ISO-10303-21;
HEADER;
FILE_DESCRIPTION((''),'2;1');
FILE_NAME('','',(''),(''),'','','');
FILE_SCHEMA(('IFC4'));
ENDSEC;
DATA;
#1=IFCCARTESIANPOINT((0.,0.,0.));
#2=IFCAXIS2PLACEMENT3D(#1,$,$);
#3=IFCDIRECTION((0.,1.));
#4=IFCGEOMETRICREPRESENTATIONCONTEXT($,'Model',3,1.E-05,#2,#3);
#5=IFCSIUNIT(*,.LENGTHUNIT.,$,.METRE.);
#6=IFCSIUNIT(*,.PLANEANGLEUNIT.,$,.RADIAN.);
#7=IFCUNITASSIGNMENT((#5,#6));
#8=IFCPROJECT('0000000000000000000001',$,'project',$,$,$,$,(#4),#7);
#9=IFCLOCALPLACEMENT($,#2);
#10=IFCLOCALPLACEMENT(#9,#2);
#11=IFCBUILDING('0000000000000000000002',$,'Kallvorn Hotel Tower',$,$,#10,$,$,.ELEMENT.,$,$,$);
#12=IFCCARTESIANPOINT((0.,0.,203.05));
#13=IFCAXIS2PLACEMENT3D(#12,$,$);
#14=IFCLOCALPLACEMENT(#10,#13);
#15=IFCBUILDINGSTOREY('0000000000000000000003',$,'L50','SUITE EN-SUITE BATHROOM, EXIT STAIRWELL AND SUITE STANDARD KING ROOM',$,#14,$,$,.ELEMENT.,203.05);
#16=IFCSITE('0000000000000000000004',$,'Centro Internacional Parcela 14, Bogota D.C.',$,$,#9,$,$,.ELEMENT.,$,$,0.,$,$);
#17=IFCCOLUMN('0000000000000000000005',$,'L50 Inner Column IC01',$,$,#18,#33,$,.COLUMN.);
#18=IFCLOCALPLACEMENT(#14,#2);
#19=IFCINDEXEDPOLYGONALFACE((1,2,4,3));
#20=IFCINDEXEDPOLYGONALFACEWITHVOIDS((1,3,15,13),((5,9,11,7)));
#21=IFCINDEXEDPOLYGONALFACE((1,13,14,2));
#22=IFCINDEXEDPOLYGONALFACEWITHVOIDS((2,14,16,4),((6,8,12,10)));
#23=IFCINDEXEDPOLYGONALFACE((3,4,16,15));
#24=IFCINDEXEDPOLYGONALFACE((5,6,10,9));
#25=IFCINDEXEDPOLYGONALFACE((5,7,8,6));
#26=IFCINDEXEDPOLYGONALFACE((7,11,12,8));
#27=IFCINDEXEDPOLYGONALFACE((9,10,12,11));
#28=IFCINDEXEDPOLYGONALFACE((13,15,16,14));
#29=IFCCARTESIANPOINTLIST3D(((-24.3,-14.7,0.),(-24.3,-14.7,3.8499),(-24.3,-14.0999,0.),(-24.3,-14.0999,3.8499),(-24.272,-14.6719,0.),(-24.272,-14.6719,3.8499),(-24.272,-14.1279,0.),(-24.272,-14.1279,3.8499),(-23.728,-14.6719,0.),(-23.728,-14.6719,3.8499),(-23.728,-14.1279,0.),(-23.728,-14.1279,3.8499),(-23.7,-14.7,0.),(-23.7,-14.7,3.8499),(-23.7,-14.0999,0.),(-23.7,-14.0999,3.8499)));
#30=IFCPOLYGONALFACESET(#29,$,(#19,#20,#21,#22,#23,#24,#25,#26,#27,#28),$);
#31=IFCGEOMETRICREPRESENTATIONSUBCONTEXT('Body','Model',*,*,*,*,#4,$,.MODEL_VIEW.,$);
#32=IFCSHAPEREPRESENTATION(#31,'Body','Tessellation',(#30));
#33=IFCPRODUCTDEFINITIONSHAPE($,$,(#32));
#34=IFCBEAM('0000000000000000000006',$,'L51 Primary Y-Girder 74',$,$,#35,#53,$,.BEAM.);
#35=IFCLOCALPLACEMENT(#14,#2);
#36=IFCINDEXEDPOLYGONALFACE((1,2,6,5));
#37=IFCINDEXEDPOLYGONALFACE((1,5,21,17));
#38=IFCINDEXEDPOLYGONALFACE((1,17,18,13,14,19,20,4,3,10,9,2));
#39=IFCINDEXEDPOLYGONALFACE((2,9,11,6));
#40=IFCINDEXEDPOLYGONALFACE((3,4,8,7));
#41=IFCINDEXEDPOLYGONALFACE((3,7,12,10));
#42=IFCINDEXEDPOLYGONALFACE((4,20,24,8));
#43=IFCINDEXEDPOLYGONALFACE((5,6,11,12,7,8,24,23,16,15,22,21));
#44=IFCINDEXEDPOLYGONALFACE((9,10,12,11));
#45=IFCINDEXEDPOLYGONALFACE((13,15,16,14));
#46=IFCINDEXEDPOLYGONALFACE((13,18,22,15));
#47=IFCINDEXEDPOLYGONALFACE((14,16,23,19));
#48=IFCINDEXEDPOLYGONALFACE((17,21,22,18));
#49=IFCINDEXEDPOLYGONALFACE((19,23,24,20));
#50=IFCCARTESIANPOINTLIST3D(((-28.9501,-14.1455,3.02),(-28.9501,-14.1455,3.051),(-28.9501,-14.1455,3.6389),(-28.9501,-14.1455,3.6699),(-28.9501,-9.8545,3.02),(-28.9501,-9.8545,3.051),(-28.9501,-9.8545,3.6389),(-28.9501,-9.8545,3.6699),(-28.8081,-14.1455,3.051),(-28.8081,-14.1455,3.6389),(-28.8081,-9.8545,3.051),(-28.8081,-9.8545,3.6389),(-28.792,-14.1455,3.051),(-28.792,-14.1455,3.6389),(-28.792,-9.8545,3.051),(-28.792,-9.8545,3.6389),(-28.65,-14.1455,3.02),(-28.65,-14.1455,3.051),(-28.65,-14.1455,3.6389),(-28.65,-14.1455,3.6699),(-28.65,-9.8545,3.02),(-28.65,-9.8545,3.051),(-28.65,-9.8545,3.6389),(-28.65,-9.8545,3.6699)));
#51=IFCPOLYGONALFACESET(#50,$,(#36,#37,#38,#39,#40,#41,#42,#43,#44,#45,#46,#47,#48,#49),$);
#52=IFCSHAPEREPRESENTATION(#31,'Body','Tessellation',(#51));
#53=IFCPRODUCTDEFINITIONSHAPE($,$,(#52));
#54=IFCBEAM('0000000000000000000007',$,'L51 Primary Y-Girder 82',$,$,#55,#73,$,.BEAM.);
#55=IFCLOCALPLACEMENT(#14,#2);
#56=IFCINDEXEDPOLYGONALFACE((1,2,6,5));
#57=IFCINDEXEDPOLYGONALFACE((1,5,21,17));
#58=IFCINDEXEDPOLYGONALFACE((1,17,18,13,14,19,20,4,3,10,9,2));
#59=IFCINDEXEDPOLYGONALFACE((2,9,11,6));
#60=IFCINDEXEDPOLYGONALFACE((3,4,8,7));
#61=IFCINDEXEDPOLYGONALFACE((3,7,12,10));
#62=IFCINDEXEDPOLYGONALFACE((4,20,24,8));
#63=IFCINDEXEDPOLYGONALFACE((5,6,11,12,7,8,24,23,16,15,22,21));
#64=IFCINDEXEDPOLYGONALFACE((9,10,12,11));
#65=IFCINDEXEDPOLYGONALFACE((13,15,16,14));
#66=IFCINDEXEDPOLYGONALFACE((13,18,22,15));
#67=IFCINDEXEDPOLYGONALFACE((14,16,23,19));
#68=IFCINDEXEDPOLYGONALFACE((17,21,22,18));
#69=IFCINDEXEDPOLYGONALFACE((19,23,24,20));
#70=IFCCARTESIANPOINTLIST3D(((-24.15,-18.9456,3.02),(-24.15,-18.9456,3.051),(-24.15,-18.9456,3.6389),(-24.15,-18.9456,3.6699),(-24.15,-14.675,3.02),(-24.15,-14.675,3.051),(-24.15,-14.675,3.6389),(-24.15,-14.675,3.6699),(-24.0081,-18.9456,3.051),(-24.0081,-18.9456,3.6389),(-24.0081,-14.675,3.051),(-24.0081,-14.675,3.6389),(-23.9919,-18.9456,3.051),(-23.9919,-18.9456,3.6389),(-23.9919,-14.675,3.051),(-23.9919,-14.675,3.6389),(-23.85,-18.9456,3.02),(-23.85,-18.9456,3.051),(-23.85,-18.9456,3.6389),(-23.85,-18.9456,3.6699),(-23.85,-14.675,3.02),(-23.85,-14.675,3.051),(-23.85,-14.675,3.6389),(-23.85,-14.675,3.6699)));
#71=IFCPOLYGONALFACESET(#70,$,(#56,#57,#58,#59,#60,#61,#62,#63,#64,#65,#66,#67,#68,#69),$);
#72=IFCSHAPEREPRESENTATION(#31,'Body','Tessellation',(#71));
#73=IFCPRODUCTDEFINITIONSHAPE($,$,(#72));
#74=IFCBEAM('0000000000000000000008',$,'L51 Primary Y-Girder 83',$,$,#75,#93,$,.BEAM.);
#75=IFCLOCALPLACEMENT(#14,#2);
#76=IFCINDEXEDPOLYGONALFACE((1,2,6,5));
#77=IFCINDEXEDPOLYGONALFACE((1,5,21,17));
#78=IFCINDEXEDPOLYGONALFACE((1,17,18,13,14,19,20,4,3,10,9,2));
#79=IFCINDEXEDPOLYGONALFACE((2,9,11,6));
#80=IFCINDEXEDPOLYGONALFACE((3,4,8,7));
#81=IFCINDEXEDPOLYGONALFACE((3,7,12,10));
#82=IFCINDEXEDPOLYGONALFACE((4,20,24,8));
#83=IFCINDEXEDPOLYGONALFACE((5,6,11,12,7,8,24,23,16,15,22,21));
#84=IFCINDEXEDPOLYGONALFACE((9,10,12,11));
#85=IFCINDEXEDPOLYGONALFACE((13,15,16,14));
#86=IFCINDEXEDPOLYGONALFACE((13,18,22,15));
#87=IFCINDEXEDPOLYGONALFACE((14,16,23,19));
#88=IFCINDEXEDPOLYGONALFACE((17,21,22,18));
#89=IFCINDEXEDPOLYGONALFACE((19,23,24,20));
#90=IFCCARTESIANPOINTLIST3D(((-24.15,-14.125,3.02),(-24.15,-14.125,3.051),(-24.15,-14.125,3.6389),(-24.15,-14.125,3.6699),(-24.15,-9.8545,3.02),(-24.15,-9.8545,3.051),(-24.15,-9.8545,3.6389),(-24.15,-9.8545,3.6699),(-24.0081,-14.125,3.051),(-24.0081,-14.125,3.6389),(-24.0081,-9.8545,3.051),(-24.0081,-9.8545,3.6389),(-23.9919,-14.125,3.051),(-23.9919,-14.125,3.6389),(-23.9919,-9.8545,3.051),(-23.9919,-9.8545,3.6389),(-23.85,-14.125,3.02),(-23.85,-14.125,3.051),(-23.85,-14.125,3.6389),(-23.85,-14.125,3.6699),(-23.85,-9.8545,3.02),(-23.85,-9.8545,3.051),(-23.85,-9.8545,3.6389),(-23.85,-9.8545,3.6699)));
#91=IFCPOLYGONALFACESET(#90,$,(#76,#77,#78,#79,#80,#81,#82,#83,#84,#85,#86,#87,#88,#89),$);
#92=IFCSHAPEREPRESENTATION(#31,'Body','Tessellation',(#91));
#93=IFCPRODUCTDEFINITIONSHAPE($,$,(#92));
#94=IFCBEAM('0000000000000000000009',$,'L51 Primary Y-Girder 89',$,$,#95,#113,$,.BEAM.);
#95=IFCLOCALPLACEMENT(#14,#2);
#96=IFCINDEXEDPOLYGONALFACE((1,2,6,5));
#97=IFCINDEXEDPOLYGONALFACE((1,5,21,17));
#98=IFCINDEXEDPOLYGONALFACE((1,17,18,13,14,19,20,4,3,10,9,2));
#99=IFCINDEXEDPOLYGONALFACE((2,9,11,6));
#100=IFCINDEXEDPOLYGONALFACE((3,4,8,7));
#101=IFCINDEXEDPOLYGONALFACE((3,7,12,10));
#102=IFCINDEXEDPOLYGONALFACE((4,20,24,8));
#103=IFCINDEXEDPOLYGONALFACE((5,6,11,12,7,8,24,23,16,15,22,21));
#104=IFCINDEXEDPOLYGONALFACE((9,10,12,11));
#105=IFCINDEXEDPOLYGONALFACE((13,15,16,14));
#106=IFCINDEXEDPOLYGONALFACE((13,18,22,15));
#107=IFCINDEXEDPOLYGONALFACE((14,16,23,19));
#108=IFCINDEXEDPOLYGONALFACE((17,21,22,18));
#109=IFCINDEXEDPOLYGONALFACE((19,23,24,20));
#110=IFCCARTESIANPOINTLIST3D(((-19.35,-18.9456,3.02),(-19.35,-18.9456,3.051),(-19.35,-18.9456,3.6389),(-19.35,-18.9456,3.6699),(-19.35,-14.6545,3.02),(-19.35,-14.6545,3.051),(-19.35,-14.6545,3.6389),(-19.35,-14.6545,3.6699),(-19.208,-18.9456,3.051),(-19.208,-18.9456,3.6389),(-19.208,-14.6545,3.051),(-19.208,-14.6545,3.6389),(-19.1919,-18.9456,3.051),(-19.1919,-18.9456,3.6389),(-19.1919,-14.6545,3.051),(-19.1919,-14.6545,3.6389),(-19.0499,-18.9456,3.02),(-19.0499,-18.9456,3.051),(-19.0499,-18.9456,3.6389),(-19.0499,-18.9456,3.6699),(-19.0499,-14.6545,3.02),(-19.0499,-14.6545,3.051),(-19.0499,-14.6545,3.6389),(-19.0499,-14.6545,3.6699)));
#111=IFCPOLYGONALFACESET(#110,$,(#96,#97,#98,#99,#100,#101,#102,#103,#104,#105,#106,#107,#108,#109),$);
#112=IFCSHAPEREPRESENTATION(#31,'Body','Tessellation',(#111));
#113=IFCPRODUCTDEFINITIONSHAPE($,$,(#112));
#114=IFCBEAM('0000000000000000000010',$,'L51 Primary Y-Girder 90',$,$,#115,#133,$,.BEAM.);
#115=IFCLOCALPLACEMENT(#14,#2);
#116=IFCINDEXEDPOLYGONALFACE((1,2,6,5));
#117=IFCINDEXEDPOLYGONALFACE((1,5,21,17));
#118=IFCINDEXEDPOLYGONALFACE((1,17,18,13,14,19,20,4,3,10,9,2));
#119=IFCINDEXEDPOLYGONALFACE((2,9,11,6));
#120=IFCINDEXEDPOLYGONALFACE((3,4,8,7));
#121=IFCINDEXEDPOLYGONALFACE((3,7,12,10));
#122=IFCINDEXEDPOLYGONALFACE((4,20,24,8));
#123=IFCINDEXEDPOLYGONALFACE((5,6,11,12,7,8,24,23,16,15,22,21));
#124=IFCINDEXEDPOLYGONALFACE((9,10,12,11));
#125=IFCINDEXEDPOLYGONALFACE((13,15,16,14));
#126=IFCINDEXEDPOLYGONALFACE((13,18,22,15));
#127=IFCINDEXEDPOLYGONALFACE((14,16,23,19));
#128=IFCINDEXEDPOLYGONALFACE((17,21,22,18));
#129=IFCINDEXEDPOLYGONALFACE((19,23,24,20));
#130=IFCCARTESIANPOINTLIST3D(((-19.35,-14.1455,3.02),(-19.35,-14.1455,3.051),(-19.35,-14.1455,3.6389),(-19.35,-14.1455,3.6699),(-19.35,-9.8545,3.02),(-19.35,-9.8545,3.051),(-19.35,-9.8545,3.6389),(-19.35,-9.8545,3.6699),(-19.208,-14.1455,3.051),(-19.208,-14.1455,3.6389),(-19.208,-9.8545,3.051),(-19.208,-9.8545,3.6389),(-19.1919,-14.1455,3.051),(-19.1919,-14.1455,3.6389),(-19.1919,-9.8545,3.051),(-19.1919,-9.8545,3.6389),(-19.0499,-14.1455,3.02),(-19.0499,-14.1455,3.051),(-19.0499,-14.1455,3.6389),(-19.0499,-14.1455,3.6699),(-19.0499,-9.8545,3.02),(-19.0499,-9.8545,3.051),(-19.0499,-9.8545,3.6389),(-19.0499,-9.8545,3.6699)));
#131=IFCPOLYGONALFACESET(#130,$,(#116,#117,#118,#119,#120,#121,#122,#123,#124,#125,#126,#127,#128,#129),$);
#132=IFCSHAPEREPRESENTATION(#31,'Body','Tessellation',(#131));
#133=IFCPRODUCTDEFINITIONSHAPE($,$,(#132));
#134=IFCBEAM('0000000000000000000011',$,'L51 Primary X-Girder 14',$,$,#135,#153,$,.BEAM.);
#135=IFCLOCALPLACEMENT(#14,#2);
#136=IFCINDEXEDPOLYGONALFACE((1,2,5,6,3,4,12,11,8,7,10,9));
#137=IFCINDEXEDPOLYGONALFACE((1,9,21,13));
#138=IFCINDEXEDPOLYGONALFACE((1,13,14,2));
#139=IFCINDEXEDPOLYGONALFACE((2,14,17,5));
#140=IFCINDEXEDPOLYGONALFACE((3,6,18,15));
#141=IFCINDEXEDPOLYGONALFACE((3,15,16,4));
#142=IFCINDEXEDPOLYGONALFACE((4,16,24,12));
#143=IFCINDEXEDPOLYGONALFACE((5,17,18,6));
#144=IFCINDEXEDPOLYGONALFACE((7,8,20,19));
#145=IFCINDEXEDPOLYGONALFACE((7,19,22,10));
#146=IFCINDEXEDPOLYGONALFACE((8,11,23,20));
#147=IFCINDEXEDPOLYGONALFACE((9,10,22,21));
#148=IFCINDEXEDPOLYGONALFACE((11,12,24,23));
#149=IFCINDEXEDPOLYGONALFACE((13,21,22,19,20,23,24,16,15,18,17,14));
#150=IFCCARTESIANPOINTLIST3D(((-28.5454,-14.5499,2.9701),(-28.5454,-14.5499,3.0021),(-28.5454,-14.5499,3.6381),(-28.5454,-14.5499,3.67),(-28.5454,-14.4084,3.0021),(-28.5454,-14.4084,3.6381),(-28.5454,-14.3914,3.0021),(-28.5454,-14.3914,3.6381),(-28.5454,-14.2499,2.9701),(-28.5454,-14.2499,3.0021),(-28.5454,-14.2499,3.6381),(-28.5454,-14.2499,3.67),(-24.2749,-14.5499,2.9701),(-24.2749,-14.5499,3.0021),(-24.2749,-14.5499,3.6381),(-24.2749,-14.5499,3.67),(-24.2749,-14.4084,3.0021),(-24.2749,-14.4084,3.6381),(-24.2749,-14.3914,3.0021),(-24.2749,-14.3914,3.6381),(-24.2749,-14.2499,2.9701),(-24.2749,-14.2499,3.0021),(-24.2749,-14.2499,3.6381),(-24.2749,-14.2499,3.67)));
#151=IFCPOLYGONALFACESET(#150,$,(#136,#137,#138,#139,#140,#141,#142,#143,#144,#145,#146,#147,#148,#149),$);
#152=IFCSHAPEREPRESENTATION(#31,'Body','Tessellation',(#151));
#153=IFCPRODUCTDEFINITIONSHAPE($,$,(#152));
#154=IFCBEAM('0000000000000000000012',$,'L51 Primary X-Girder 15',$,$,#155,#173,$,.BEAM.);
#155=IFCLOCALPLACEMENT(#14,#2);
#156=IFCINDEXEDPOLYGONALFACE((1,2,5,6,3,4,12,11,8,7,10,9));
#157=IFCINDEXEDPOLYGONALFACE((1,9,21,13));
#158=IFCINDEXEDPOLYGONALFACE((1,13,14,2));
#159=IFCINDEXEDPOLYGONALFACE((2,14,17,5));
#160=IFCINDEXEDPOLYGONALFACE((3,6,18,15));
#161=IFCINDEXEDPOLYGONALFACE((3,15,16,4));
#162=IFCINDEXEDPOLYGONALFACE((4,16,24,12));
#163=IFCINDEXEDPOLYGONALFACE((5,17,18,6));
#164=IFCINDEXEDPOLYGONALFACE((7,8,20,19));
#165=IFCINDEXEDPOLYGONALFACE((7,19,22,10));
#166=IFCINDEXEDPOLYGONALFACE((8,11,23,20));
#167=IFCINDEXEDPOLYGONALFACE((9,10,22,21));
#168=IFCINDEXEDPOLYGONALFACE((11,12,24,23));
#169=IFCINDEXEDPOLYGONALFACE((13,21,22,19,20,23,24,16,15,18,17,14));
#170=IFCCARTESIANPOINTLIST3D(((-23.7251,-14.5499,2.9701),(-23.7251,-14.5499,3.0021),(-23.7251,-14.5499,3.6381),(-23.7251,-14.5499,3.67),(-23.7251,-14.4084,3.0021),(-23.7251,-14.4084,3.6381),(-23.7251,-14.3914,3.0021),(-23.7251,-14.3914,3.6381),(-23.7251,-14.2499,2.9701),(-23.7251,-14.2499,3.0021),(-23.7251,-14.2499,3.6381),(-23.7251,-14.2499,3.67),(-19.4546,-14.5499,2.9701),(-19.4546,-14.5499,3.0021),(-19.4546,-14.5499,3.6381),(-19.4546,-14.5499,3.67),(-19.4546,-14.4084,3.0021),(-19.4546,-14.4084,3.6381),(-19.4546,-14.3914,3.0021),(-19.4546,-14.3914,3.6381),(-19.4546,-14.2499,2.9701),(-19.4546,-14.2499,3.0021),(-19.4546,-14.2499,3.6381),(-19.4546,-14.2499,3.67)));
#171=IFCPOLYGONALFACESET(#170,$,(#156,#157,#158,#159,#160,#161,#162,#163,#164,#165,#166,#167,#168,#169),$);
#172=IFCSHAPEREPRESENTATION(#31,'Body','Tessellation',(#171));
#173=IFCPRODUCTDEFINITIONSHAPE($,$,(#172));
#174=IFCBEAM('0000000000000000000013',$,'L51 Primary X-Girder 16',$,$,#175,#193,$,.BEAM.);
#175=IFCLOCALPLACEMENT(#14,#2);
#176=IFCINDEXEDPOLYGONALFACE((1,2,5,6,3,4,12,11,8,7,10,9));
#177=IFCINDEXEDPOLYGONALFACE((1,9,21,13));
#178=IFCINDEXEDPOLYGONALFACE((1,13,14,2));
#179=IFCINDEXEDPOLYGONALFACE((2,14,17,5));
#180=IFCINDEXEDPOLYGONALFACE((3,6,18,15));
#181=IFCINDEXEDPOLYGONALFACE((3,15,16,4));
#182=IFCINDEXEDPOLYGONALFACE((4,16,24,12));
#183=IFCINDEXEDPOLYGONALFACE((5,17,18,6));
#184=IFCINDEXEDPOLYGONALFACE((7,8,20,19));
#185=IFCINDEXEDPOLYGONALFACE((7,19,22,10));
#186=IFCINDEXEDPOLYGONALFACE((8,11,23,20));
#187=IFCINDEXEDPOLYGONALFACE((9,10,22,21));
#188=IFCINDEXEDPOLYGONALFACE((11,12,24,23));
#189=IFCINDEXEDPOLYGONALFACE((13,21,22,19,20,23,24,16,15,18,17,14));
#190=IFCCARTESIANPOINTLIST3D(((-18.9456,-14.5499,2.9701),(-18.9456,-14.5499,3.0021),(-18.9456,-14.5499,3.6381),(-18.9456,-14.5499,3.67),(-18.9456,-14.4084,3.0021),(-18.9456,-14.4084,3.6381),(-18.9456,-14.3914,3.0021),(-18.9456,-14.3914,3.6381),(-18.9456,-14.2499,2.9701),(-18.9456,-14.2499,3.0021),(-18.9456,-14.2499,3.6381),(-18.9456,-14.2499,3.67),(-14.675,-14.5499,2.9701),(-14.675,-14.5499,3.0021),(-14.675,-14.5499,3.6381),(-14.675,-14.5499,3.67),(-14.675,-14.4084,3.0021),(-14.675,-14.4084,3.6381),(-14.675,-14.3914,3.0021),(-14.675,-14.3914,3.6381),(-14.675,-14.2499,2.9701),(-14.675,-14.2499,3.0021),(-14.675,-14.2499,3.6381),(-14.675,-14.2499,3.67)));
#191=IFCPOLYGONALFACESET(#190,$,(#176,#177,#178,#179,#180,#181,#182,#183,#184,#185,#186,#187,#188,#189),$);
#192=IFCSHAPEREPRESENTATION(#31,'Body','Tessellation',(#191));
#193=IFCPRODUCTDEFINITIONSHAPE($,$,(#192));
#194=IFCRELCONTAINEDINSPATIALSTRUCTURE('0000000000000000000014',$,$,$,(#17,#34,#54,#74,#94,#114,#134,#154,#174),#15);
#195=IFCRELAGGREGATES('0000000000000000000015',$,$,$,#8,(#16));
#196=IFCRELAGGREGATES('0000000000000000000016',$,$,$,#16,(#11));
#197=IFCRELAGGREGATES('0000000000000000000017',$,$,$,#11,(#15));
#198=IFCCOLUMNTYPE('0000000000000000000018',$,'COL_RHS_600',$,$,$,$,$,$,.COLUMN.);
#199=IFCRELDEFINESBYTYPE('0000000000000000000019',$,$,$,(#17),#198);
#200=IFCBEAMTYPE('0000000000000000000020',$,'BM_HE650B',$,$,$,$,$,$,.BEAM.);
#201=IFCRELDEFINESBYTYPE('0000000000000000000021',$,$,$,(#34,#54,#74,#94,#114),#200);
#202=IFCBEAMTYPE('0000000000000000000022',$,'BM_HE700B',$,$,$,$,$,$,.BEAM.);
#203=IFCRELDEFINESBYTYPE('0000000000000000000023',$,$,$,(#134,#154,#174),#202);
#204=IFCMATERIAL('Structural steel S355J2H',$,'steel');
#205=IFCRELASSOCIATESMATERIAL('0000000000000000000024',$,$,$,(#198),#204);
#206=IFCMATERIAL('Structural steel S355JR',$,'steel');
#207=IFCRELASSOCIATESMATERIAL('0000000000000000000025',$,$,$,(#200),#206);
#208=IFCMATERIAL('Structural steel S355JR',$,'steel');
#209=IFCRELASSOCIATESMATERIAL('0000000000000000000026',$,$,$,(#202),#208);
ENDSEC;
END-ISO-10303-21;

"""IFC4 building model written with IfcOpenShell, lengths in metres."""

from ifc_helpers import new_model, si_unit, direction, frame, origin, origin_2d, place, context, subcontext, project, spatial, hollow_rectangle, i_section, extrude, material, material_profile, profile_set, type_object, element, save


model = new_model("IFC4")

# Units and contexts
model_context = context("Model", 3, precision=1e-05, world=origin(), true_north=direction((0.0, 1.0)))
body_context = subcontext(model_context, "Body", "Model", "MODEL_VIEW")
ifc_project = project(units=[si_unit("LENGTHUNIT", "METRE"), si_unit("PLANEANGLEUNIT", "RADIAN")], contexts=[model_context])

# Site, building, storey
site_placement = place(None, origin())
site = spatial("IfcSite", under=ifc_project, at=site_placement, Name="Centro Internacional Parcela 14, Bogota D.C.", CompositionType="ELEMENT", RefElevation=0.0)
building_placement = place(site_placement, origin())
building = spatial("IfcBuilding", under=site, at=building_placement, Name="Kallvorn Hotel Tower", CompositionType="ELEMENT")
storey_placement = place(building_placement, frame((0.0, 0.0, 203.05)))
storey = spatial("IfcBuildingStorey", under=building, at=storey_placement, Name="L50", Description="SUITE EN-SUITE BATHROOM, EXIT STAIRWELL AND SUITE STANDARD KING ROOM", CompositionType="ELEMENT", Elevation=203.05)

# Column
ifc_material_1 = material(Name="Structural steel S355J2H", Category="steel")
ifc_material_profile_1 = material_profile(ifc_material_1, hollow_rectangle(XDim=0.6001, YDim=0.6001, WallThickness=0.0281, at=origin_2d()), Name="RHS 600x600x28")
ifc_profile_set_1 = profile_set([ifc_material_profile_1], Name="Structural steel S355J2H")
column_type_1 = type_object("IfcColumnType", Name="COL_RHS_600", PredefinedType="COLUMN", material=ifc_profile_set_1)
column_placement = place(storey_placement, frame((-24.0, -14.3999, 0.0), z_axis=(0.0, 0.0, 1.0), x_axis=(1.0, 0.0, 0.0)))
element("IfcColumn", 1, at=column_placement, inside=storey, type_object=column_type_1, Name="L50 Inner Column IC01", PredefinedType="COLUMN", context=body_context, shape_type="SweptSolid", body=[
    extrude(hollow_rectangle(XDim=0.6001, YDim=0.6001, WallThickness=0.0281, at=origin_2d()), origin(), (0.0, 0.0, 1.0), 3.8499),
])

# Beams
ifc_material_2 = material(Name="Structural steel S355JR", Category="steel")
ifc_material_profile_2 = material_profile(ifc_material_2, i_section(OverallWidth=0.3, OverallDepth=0.6499, WebThickness=0.0161, FlangeThickness=0.031, at=origin_2d()), Name="HE 650 B")
ifc_profile_set_2 = profile_set([ifc_material_profile_2], Name="Structural steel S355JR")
beam_type_1 = type_object("IfcBeamType", Name="BM_HE650B", PredefinedType="BEAM", material=ifc_profile_set_2)
beam_1_placement = place(storey_placement, frame((-28.8, -14.1455, 3.345), z_axis=(0.0, 1.0, 0.0), x_axis=(-1.0, 0.0, 0.0)))
element("IfcBeam", 2, at=beam_1_placement, inside=storey, type_object=beam_type_1, Name="L51 Primary Y-Girder 74", PredefinedType="BEAM", context=body_context, shape_type="SweptSolid", body=[
    extrude(i_section(OverallWidth=0.3, OverallDepth=0.6499, WebThickness=0.0161, FlangeThickness=0.031, at=origin_2d()), origin(), (0.0, 0.0, 1.0), 4.291),
])
for number, where, z_axis, x_axis, name in (
    (3, (-24.0, -18.9456, 3.345), (0.0, 1.0, 0.0), (-1.0, 0.0, 0.0), "L51 Primary Y-Girder 82"),
    (4, (-24.0, -14.125, 3.345), (0.0, 1.0, 0.0), (-1.0, 0.0, 0.0), "L51 Primary Y-Girder 83"),
):
    element("IfcBeam", number, at=place(storey_placement, frame(where, z_axis=z_axis, x_axis=x_axis)), inside=storey, type_object=beam_type_1, Name=name, PredefinedType="BEAM", context=body_context, shape_type="SweptSolid", body=[
        extrude(i_section(OverallWidth=0.3, OverallDepth=0.6499, WebThickness=0.0161, FlangeThickness=0.031, at=origin_2d()), origin(), (0.0, 0.0, 1.0), 4.2705),
    ])
for number, where, z_axis, x_axis, name in (
    (5, (-19.2, -18.9456, 3.345), (0.0, 1.0, 0.0), (-1.0, 0.0, 0.0), "L51 Primary Y-Girder 89"),
    (6, (-19.2, -14.1455, 3.345), (0.0, 1.0, 0.0), (-1.0, 0.0, 0.0), "L51 Primary Y-Girder 90"),
):
    element("IfcBeam", number, at=place(storey_placement, frame(where, z_axis=z_axis, x_axis=x_axis)), inside=storey, type_object=beam_type_1, Name=name, PredefinedType="BEAM", context=body_context, shape_type="SweptSolid", body=[
        extrude(i_section(OverallWidth=0.3, OverallDepth=0.6499, WebThickness=0.0161, FlangeThickness=0.031, at=origin_2d()), origin(), (0.0, 0.0, 1.0), 4.291),
    ])
ifc_material_3 = material(Name="Structural steel S355JR", Category="steel")
ifc_material_profile_3 = material_profile(ifc_material_3, i_section(OverallWidth=0.3, OverallDepth=0.7, WebThickness=0.0171, FlangeThickness=0.032, at=origin_2d()), Name="HE 700 B")
ifc_profile_set_3 = profile_set([ifc_material_profile_3], Name="Structural steel S355JR")
beam_type_2 = type_object("IfcBeamType", Name="BM_HE700B", PredefinedType="BEAM", material=ifc_profile_set_3)
for number, where, z_axis, x_axis, name in (
    (7, (-28.5454, -14.3999, 3.3201), (1.0, 0.0, 0.0), (0.0, 1.0, 0.0), "L51 Primary X-Girder 14"),
    (8, (-23.7251, -14.3999, 3.3201), (1.0, 0.0, 0.0), (0.0, 1.0, 0.0), "L51 Primary X-Girder 15"),
    (9, (-18.9456, -14.3999, 3.3201), (1.0, 0.0, 0.0), (0.0, 1.0, 0.0), "L51 Primary X-Girder 16"),
):
    element("IfcBeam", number, at=place(storey_placement, frame(where, z_axis=z_axis, x_axis=x_axis)), inside=storey, type_object=beam_type_2, Name=name, PredefinedType="BEAM", context=body_context, shape_type="SweptSolid", body=[
        extrude(i_section(OverallWidth=0.3, OverallDepth=0.7, WebThickness=0.0171, FlangeThickness=0.032, at=origin_2d()), origin(), (0.0, 0.0, 1.0), 4.2705),
    ])

save(model, "model.ifc")
